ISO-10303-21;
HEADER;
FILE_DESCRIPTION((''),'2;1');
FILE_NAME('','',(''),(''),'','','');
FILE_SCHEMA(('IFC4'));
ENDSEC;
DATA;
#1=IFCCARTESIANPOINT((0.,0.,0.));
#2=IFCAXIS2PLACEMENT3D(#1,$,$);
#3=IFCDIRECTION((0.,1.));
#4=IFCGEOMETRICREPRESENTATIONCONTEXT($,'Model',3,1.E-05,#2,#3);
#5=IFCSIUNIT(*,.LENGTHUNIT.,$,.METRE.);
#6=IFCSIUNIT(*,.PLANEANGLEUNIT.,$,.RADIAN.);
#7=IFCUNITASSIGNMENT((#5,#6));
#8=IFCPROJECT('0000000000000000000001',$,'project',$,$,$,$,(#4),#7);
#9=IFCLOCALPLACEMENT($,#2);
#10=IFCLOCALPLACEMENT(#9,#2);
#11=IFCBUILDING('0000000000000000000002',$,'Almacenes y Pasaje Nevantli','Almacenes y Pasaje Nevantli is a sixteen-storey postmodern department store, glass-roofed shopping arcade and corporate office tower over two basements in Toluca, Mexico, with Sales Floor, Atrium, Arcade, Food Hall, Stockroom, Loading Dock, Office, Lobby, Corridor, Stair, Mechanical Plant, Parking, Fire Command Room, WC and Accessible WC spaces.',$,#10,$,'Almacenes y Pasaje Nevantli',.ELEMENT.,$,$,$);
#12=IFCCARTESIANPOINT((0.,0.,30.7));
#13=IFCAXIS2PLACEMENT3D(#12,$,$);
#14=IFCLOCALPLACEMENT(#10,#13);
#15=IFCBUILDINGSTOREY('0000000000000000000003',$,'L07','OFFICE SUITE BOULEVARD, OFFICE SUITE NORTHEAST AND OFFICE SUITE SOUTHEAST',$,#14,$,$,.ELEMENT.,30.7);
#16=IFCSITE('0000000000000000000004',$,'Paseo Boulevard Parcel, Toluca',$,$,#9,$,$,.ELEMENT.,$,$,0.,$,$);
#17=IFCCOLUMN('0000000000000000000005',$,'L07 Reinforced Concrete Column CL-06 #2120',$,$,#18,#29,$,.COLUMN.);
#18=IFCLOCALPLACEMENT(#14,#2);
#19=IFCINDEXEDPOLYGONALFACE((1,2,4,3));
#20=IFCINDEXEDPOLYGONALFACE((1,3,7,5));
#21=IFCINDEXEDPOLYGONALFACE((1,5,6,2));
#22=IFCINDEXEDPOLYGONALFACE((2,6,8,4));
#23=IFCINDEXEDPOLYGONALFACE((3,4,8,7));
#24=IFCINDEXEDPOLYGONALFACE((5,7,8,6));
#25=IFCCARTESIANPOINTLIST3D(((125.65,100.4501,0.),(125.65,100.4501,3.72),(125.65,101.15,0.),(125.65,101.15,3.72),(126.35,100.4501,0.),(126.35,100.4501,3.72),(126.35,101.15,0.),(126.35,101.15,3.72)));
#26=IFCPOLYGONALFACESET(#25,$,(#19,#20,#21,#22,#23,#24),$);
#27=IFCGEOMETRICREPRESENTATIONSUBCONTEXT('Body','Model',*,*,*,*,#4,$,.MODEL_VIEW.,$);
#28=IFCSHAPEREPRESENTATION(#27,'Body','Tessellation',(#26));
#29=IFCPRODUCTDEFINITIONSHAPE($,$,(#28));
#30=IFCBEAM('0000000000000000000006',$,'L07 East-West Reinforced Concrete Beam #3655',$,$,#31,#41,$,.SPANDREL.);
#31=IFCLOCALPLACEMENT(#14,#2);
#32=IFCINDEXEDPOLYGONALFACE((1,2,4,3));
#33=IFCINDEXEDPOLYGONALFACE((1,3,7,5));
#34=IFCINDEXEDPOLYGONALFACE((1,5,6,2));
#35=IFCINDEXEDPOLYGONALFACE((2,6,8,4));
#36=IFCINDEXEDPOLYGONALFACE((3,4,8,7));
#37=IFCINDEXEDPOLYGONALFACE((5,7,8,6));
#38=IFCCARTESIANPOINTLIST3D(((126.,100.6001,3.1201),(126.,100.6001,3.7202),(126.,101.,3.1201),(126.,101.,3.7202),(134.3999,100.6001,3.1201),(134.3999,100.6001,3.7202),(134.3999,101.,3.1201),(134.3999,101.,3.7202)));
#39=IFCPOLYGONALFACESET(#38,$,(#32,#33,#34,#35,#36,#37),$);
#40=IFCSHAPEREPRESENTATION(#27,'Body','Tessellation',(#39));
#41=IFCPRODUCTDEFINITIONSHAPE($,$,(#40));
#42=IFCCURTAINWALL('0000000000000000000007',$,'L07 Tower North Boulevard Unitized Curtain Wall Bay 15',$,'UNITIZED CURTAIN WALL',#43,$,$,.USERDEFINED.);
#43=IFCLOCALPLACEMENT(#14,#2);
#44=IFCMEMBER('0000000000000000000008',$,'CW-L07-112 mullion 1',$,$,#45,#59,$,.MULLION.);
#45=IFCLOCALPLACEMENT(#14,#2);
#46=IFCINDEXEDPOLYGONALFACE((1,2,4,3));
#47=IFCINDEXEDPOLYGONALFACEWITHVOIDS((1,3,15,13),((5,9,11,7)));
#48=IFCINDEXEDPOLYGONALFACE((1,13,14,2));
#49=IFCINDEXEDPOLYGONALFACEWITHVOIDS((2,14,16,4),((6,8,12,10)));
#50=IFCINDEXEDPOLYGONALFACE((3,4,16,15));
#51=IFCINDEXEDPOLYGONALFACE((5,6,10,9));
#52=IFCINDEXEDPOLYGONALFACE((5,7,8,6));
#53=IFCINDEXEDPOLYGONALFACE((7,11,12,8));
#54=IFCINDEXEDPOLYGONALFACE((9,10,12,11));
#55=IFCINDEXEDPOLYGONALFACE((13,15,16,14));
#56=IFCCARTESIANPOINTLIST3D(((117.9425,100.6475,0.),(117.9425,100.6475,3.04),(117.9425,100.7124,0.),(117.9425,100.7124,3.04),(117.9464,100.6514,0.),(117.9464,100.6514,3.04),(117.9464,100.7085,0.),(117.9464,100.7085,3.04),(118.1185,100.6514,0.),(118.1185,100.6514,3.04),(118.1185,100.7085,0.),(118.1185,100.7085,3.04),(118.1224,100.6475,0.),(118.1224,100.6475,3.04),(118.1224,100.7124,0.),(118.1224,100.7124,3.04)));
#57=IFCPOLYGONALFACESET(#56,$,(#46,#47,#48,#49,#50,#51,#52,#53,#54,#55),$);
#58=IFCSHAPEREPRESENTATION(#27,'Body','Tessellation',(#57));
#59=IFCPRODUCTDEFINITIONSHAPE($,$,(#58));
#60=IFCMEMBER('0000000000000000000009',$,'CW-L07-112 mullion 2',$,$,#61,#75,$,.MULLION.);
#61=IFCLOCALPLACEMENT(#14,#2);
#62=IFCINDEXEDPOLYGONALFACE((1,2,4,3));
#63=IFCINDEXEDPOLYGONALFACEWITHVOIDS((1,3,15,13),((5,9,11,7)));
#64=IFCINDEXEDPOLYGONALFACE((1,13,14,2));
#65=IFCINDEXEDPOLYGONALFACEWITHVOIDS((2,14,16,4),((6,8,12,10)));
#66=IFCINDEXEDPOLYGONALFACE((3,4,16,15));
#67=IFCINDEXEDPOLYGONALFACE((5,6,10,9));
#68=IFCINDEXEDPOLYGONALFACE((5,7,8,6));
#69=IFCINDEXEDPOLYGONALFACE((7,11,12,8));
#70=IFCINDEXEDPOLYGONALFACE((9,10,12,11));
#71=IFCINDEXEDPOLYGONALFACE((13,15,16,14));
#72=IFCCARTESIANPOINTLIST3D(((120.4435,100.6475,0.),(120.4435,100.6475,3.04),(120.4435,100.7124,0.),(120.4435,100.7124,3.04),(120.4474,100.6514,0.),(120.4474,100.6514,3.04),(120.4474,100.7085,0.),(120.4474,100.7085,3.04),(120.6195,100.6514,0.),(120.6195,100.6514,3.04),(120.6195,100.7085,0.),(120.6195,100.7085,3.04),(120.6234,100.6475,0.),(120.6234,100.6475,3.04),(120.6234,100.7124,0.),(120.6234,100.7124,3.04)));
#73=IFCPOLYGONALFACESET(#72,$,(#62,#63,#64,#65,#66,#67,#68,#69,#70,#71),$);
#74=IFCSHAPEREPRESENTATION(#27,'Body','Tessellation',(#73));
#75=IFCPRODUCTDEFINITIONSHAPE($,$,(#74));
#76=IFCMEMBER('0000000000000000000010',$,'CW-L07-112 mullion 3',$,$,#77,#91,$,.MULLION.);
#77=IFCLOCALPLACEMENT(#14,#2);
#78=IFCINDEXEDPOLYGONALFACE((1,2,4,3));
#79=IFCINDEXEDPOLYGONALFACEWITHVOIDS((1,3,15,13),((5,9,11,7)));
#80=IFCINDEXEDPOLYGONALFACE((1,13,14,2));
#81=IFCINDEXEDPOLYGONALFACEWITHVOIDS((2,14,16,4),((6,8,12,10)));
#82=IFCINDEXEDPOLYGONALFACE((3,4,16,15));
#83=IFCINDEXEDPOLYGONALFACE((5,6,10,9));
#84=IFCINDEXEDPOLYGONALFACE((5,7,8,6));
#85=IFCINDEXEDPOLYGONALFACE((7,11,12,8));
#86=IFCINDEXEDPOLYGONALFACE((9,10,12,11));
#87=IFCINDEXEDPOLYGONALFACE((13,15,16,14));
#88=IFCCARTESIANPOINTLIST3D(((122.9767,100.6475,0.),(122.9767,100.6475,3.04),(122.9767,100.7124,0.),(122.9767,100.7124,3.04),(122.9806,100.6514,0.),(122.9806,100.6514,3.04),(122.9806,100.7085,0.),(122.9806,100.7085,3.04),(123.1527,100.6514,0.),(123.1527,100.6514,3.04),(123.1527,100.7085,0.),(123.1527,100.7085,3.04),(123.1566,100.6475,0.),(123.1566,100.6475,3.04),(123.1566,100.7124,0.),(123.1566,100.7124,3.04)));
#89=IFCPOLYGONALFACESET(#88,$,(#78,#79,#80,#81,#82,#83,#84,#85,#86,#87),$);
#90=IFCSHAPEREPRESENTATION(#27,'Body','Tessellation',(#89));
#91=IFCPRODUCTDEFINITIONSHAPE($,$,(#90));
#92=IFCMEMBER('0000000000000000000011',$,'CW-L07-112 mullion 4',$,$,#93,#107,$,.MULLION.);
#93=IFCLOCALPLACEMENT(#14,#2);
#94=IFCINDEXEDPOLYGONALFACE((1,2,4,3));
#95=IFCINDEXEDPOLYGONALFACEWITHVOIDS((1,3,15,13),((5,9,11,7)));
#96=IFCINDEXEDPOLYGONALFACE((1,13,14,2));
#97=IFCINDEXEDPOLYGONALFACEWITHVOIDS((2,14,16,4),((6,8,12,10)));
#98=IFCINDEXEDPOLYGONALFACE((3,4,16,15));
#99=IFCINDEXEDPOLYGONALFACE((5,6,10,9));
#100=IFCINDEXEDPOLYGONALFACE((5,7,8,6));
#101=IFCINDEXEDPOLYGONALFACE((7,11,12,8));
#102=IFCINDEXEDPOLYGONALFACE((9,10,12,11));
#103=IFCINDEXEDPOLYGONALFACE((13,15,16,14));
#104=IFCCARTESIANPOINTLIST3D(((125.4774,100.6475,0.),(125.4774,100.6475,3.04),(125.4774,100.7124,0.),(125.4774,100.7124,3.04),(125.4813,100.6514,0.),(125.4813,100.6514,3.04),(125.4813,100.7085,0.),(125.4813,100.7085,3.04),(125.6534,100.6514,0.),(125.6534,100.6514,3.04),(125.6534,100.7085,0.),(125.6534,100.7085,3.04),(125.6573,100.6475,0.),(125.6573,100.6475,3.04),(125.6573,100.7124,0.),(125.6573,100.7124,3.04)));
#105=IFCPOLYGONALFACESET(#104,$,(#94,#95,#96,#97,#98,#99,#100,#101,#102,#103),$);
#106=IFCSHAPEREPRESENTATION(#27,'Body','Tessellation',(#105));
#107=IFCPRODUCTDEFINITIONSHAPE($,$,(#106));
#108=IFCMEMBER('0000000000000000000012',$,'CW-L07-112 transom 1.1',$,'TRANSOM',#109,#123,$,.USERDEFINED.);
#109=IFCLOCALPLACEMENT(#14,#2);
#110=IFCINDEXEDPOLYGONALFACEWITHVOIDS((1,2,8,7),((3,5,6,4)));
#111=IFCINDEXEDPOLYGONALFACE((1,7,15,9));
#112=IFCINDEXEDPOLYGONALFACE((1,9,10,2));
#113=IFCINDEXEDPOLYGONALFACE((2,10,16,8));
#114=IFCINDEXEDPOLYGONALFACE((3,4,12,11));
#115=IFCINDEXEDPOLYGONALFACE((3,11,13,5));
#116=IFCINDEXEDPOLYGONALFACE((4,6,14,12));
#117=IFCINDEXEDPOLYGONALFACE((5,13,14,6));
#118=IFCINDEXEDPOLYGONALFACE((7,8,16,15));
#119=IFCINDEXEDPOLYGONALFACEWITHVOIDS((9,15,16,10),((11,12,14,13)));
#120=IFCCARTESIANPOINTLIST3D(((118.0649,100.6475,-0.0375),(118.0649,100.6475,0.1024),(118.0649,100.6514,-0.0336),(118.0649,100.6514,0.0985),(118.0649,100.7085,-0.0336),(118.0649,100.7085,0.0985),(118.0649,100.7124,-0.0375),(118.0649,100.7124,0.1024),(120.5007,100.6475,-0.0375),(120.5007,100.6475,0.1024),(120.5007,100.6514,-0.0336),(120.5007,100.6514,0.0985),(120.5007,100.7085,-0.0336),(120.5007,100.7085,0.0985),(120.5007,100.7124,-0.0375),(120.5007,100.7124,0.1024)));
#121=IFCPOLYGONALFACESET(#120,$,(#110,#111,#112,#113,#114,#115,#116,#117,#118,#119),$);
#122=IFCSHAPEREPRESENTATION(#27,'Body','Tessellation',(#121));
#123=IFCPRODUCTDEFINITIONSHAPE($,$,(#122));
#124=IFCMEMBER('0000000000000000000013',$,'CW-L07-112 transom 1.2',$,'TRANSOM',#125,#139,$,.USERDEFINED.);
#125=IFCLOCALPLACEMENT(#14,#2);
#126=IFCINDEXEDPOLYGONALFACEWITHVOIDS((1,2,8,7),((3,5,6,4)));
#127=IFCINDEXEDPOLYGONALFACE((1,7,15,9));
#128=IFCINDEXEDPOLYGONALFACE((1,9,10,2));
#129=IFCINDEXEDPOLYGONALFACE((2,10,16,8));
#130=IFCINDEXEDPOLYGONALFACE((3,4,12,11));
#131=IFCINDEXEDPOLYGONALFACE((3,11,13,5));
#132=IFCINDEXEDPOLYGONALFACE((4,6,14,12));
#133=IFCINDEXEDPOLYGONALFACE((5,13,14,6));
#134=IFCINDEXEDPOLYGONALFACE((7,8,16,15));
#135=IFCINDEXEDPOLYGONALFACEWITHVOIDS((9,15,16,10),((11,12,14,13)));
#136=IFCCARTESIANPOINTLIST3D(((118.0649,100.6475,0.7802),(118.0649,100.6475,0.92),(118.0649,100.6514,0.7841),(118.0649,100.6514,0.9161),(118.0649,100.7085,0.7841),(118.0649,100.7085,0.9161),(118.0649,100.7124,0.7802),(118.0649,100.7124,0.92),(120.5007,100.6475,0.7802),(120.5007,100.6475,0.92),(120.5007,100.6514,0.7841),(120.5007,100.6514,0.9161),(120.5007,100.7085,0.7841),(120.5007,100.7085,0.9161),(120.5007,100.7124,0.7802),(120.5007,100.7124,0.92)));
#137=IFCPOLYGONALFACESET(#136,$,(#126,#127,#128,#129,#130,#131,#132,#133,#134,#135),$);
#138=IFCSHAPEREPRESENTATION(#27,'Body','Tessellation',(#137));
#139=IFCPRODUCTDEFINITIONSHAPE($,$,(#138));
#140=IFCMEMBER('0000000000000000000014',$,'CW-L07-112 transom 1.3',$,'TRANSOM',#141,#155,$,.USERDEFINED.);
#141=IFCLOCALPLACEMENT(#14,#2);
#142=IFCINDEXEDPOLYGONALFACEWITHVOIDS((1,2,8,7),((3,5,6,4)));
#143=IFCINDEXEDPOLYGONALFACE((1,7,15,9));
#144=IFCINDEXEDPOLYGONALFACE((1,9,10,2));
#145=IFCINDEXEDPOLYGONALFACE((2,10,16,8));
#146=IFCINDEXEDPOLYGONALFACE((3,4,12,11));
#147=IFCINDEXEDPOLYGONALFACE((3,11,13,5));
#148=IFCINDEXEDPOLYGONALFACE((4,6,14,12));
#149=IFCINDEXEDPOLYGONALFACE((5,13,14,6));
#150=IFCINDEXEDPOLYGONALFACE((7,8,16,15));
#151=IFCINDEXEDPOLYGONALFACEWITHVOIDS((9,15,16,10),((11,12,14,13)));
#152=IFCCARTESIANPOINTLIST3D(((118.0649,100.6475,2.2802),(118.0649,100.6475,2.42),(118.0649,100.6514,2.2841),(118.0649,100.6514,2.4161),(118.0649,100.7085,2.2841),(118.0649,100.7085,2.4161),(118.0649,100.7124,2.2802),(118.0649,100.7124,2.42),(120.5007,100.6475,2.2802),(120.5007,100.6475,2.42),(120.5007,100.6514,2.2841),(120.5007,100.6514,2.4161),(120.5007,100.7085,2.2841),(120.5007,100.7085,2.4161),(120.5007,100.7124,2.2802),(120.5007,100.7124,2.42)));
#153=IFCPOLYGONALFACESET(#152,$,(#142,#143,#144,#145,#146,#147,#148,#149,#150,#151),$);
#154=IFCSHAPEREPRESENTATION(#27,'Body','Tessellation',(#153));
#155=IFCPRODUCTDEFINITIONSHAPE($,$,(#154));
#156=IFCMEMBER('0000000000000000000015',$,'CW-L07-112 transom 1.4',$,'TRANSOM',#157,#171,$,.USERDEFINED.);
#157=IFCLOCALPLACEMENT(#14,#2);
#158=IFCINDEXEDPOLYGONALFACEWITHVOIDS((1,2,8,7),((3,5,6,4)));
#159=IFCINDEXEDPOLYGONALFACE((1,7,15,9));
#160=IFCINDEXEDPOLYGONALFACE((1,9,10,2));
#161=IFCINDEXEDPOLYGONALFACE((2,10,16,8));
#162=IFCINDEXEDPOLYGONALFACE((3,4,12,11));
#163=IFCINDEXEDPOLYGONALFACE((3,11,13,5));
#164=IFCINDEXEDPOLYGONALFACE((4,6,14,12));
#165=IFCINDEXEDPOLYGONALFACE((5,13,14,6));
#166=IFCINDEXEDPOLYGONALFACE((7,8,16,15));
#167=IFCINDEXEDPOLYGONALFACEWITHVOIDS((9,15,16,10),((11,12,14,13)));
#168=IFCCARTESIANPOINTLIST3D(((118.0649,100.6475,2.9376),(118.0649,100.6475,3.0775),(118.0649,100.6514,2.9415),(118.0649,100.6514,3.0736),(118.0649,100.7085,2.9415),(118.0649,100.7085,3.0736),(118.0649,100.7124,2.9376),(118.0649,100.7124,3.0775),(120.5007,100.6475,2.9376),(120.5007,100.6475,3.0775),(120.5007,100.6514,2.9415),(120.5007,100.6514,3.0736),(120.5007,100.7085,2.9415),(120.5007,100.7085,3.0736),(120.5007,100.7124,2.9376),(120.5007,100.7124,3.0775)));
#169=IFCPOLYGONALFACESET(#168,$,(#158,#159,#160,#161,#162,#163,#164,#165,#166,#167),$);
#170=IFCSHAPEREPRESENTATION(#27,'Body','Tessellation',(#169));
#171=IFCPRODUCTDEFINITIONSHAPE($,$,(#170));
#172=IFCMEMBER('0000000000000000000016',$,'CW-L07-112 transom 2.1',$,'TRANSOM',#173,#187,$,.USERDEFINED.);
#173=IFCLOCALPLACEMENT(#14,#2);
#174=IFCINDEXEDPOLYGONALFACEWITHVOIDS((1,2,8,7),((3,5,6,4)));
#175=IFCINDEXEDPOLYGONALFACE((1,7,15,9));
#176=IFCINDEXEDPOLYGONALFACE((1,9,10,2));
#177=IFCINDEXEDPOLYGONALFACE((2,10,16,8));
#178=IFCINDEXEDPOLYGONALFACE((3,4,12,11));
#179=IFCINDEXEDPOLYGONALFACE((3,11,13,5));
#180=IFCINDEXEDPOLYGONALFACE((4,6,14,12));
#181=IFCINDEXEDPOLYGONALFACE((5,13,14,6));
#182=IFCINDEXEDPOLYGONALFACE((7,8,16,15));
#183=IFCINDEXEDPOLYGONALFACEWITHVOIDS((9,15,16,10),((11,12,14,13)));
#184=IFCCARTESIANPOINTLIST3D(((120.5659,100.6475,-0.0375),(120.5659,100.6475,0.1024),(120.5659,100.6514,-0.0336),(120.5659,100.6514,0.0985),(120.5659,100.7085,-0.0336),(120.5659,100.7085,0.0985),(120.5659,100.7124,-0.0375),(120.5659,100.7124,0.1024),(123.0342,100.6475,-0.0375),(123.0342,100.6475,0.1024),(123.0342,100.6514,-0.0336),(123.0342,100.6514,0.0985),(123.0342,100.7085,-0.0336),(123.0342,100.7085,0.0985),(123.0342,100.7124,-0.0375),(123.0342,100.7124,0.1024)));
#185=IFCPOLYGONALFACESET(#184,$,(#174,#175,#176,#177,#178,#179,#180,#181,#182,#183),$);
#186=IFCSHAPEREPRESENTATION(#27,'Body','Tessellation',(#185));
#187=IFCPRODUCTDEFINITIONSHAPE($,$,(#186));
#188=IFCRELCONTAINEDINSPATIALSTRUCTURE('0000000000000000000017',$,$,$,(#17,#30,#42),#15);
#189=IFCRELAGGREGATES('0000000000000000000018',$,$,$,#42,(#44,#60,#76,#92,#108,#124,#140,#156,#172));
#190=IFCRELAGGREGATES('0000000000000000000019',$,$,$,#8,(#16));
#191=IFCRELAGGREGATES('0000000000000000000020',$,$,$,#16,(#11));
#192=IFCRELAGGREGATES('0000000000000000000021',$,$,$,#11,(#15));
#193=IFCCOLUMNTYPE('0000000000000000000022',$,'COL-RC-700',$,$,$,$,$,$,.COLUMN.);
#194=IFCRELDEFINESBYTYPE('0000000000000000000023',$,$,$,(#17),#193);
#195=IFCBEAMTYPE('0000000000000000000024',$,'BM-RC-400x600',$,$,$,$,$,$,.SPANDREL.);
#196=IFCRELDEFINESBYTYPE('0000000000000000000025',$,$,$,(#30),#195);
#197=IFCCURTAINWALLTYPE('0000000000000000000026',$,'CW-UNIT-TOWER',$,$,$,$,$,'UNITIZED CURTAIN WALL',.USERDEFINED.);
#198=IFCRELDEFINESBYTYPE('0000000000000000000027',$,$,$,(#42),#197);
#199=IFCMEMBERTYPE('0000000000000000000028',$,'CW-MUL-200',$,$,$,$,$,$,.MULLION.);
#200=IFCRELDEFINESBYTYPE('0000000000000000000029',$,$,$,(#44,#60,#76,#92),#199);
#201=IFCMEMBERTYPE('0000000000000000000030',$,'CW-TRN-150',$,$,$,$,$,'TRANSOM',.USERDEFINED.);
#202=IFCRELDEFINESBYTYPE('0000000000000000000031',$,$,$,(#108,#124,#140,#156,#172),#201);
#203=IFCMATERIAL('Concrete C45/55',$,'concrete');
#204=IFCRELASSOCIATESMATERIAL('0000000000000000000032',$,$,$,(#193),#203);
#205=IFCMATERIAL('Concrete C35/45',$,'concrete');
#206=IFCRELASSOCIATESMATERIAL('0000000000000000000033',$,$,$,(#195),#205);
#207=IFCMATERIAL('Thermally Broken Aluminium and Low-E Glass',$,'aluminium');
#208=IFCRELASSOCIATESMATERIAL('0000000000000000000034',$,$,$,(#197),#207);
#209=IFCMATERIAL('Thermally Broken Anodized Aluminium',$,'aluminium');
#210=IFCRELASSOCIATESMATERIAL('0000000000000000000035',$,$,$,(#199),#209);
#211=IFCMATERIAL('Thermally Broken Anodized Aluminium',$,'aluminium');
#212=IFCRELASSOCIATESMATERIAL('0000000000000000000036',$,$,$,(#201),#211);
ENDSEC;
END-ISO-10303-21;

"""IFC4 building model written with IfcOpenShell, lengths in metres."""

from ifc_helpers import new_model, si_unit, direction, frame, origin, origin_2d, place, context, subcontext, project, spatial, rectangle, hollow_rectangle, extrude, material, material_profile, profile_set, type_object, element, aggregate, save


model = new_model("IFC4")

# Units and contexts
model_context = context("Model", 3, precision=1e-05, world=origin(), true_north=direction((0.0, 1.0)))
body_context = subcontext(model_context, "Body", "Model", "MODEL_VIEW")
ifc_project = project(units=[si_unit("LENGTHUNIT", "METRE"), si_unit("PLANEANGLEUNIT", "RADIAN")], contexts=[model_context])

# Site, building, storey
site_placement = place(None, origin())
site = spatial("IfcSite", under=ifc_project, at=site_placement, Name="Paseo Boulevard Parcel, Toluca", CompositionType="ELEMENT", RefElevation=0.0)
building_placement = place(site_placement, origin())
building = spatial("IfcBuilding", under=site, at=building_placement, Name="Almacenes y Pasaje Nevantli", Description="Almacenes y Pasaje Nevantli is a sixteen-storey postmodern department store, glass-roofed shopping arcade and corporate office tower over two basements in Toluca, Mexico, with Sales Floor, Atrium, Arcade, Food Hall, Stockroom, Loading Dock, Office, Lobby, Corridor, Stair, Mechanical Plant, Parking, Fire Command Room, WC and Accessible WC spaces.", LongName="Almacenes y Pasaje Nevantli", CompositionType="ELEMENT")
storey_placement = place(building_placement, frame((0.0, 0.0, 30.7)))
storey = spatial("IfcBuildingStorey", under=building, at=storey_placement, Name="L07", Description="OFFICE SUITE BOULEVARD, OFFICE SUITE NORTHEAST AND OFFICE SUITE SOUTHEAST", CompositionType="ELEMENT", Elevation=30.7)

# Column
ifc_material_1 = material(Name="Concrete C45/55", Category="concrete")
ifc_material_profile_1 = material_profile(ifc_material_1, rectangle(XDim=0.7, YDim=0.7, at=origin_2d()), Name="RC-COL-700x700")
ifc_profile_set_1 = profile_set([ifc_material_profile_1], Name="Concrete C45/55")
column_type = type_object("IfcColumnType", Name="COL-RC-700", PredefinedType="COLUMN", material=ifc_profile_set_1)
column_placement = place(storey_placement, frame((126.0, 100.8, 0.0), z_axis=(0.0, 0.0, 1.0), x_axis=(1.0, 0.0, 0.0)))
element("IfcColumn", 1, at=column_placement, inside=storey, type_object=column_type, Name="L07 Reinforced Concrete Column CL-06 #2120", PredefinedType="COLUMN", context=body_context, shape_type="SweptSolid", body=[
    extrude(rectangle(XDim=0.7, YDim=0.7, at=origin_2d()), origin(), (0.0, 0.0, 1.0), 3.72),
])

# Beam
ifc_material_2 = material(Name="Concrete C35/45", Category="concrete")
ifc_material_profile_2 = material_profile(ifc_material_2, rectangle(XDim=0.3999, YDim=0.6001, at=origin_2d()), Name="RC-BM-400x600")
ifc_profile_set_2 = profile_set([ifc_material_profile_2], Name="Concrete C35/45")
beam_type = type_object("IfcBeamType", Name="BM-RC-400x600", PredefinedType="SPANDREL", material=ifc_profile_set_2)
beam_placement = place(storey_placement, frame((126.0, 100.8, 3.4202), z_axis=(1.0, 0.0, 0.0), x_axis=(0.0, 1.0, 0.0)))
element("IfcBeam", 2, at=beam_placement, inside=storey, type_object=beam_type, Name="L07 East-West Reinforced Concrete Beam #3655", PredefinedType="SPANDREL", context=body_context, shape_type="SweptSolid", body=[
    extrude(rectangle(XDim=0.3999, YDim=0.6001, at=origin_2d()), origin(), (0.0, 0.0, 1.0), 8.3999),
])

# Curtain wall, members
ifc_material_3 = material(Name="Thermally Broken Aluminium and Low-E Glass", Category="aluminium")
curtain_wall_type = type_object("IfcCurtainWallType", Name="CW-UNIT-TOWER", ElementType="UNITIZED CURTAIN WALL", PredefinedType="USERDEFINED", material=ifc_material_3)
curtain_wall_placement = place(storey_placement, origin())
curtain_wall = element("IfcCurtainWall", 3, at=curtain_wall_placement, inside=storey, type_object=curtain_wall_type, Name="L07 Tower North Boulevard Unitized Curtain Wall Bay 15", ObjectType="UNITIZED CURTAIN WALL", PredefinedType="USERDEFINED")
ifc_material_4 = material(Name="Thermally Broken Anodized Aluminium", Category="aluminium")
ifc_material_profile_3 = material_profile(ifc_material_4, hollow_rectangle(XDim=0.0649, YDim=0.1799, WallThickness=0.0039, at=origin_2d()), Name="ALU-MUL-65x180")
ifc_profile_set_3 = profile_set([ifc_material_profile_3], Name="Thermally Broken Anodized Aluminium")
member_type_1 = type_object("IfcMemberType", Name="CW-MUL-200", PredefinedType="MULLION", material=ifc_profile_set_3)
member_1_placement = place(storey_placement, frame((118.0325, 100.6799, 0.0), z_axis=(0.0, 0.0, 1.0), x_axis=(0.0, 1.0, 0.0)))
member_1 = element("IfcMember", 4, at=member_1_placement, type_object=member_type_1, Name="CW-L07-112 mullion 1", PredefinedType="MULLION", context=body_context, shape_type="SweptSolid", body=[
    extrude(hollow_rectangle(XDim=0.0649, YDim=0.1799, WallThickness=0.0039, at=origin_2d()), origin(), (0.0, 0.0, 1.0), 3.04),
])
member_2_placement = place(storey_placement, frame((120.5334, 100.6799, 0.0), z_axis=(0.0, 0.0, 1.0), x_axis=(0.0, 1.0, 0.0)))
member_2 = element("IfcMember", 5, at=member_2_placement, type_object=member_type_1, Name="CW-L07-112 mullion 2", PredefinedType="MULLION", context=body_context, shape_type="SweptSolid", body=[
    extrude(hollow_rectangle(XDim=0.0649, YDim=0.1799, WallThickness=0.0039, at=origin_2d()), origin(), (0.0, 0.0, 1.0), 3.04),
])
member_3_placement = place(storey_placement, frame((123.0667, 100.6799, 0.0), z_axis=(0.0, 0.0, 1.0), x_axis=(0.0, 1.0, 0.0)))
member_3 = element("IfcMember", 6, at=member_3_placement, type_object=member_type_1, Name="CW-L07-112 mullion 3", PredefinedType="MULLION", context=body_context, shape_type="SweptSolid", body=[
    extrude(hollow_rectangle(XDim=0.0649, YDim=0.1799, WallThickness=0.0039, at=origin_2d()), origin(), (0.0, 0.0, 1.0), 3.04),
])
member_4_placement = place(storey_placement, frame((125.5674, 100.6799, 0.0), z_axis=(0.0, 0.0, 1.0), x_axis=(0.0, 1.0, 0.0)))
member_4 = element("IfcMember", 7, at=member_4_placement, type_object=member_type_1, Name="CW-L07-112 mullion 4", PredefinedType="MULLION", context=body_context, shape_type="SweptSolid", body=[
    extrude(hollow_rectangle(XDim=0.0649, YDim=0.1799, WallThickness=0.0039, at=origin_2d()), origin(), (0.0, 0.0, 1.0), 3.04),
])
ifc_material_5 = material(Name="Thermally Broken Anodized Aluminium", Category="aluminium")
ifc_material_profile_4 = material_profile(ifc_material_5, hollow_rectangle(XDim=0.0649, YDim=0.1399, WallThickness=0.0039, at=origin_2d()), Name="ALU-TRN-65x140")
ifc_profile_set_4 = profile_set([ifc_material_profile_4], Name="Thermally Broken Anodized Aluminium")
member_type_2 = type_object("IfcMemberType", Name="CW-TRN-150", ElementType="TRANSOM", PredefinedType="USERDEFINED", material=ifc_profile_set_4)
member_5_placement = place(storey_placement, frame((118.0649, 100.6799, 0.0325), z_axis=(1.0, 0.0, 0.0), x_axis=(0.0, 1.0, 0.0)))
member_5 = element("IfcMember", 8, at=member_5_placement, type_object=member_type_2, Name="CW-L07-112 transom 1.1", ObjectType="TRANSOM", PredefinedType="USERDEFINED", context=body_context, shape_type="SweptSolid", body=[
    extrude(hollow_rectangle(XDim=0.0649, YDim=0.1399, WallThickness=0.0039, at=origin_2d()), origin(), (0.0, 0.0, 1.0), 2.4358),
])
member_6_placement = place(storey_placement, frame((118.0649, 100.6799, 0.8501), z_axis=(1.0, 0.0, 0.0), x_axis=(0.0, 1.0, 0.0)))
member_6 = element("IfcMember", 9, at=member_6_placement, type_object=member_type_2, Name="CW-L07-112 transom 1.2", ObjectType="TRANSOM", PredefinedType="USERDEFINED", context=body_context, shape_type="SweptSolid", body=[
    extrude(hollow_rectangle(XDim=0.0649, YDim=0.1399, WallThickness=0.0039, at=origin_2d()), origin(), (0.0, 0.0, 1.0), 2.4358),
])
member_7_placement = place(storey_placement, frame((118.0649, 100.6799, 2.3501), z_axis=(1.0, 0.0, 0.0), x_axis=(0.0, 1.0, 0.0)))
member_7 = element("IfcMember", 10, at=member_7_placement, type_object=member_type_2, Name="CW-L07-112 transom 1.3", ObjectType="TRANSOM", PredefinedType="USERDEFINED", context=body_context, shape_type="SweptSolid", body=[
    extrude(hollow_rectangle(XDim=0.0649, YDim=0.1399, WallThickness=0.0039, at=origin_2d()), origin(), (0.0, 0.0, 1.0), 2.4358),
])
member_8_placement = place(storey_placement, frame((118.0649, 100.6799, 3.0076), z_axis=(1.0, 0.0, 0.0), x_axis=(0.0, 1.0, 0.0)))
member_8 = element("IfcMember", 11, at=member_8_placement, type_object=member_type_2, Name="CW-L07-112 transom 1.4", ObjectType="TRANSOM", PredefinedType="USERDEFINED", context=body_context, shape_type="SweptSolid", body=[
    extrude(hollow_rectangle(XDim=0.0649, YDim=0.1399, WallThickness=0.0039, at=origin_2d()), origin(), (0.0, 0.0, 1.0), 2.4358),
])
member_9_placement = place(storey_placement, frame((120.5659, 100.6799, 0.0325), z_axis=(1.0, 0.0, 0.0), x_axis=(0.0, 1.0, 0.0)))
member_9 = element("IfcMember", 12, at=member_9_placement, type_object=member_type_2, Name="CW-L07-112 transom 2.1", ObjectType="TRANSOM", PredefinedType="USERDEFINED", context=body_context, shape_type="SweptSolid", body=[
    extrude(hollow_rectangle(XDim=0.0649, YDim=0.1399, WallThickness=0.0039, at=origin_2d()), origin(), (0.0, 0.0, 1.0), 2.4683),
])
aggregate(curtain_wall, [member_1, member_2, member_3, member_4, member_5, member_6, member_7, member_8, member_9])

save(model, "model.ifc")
